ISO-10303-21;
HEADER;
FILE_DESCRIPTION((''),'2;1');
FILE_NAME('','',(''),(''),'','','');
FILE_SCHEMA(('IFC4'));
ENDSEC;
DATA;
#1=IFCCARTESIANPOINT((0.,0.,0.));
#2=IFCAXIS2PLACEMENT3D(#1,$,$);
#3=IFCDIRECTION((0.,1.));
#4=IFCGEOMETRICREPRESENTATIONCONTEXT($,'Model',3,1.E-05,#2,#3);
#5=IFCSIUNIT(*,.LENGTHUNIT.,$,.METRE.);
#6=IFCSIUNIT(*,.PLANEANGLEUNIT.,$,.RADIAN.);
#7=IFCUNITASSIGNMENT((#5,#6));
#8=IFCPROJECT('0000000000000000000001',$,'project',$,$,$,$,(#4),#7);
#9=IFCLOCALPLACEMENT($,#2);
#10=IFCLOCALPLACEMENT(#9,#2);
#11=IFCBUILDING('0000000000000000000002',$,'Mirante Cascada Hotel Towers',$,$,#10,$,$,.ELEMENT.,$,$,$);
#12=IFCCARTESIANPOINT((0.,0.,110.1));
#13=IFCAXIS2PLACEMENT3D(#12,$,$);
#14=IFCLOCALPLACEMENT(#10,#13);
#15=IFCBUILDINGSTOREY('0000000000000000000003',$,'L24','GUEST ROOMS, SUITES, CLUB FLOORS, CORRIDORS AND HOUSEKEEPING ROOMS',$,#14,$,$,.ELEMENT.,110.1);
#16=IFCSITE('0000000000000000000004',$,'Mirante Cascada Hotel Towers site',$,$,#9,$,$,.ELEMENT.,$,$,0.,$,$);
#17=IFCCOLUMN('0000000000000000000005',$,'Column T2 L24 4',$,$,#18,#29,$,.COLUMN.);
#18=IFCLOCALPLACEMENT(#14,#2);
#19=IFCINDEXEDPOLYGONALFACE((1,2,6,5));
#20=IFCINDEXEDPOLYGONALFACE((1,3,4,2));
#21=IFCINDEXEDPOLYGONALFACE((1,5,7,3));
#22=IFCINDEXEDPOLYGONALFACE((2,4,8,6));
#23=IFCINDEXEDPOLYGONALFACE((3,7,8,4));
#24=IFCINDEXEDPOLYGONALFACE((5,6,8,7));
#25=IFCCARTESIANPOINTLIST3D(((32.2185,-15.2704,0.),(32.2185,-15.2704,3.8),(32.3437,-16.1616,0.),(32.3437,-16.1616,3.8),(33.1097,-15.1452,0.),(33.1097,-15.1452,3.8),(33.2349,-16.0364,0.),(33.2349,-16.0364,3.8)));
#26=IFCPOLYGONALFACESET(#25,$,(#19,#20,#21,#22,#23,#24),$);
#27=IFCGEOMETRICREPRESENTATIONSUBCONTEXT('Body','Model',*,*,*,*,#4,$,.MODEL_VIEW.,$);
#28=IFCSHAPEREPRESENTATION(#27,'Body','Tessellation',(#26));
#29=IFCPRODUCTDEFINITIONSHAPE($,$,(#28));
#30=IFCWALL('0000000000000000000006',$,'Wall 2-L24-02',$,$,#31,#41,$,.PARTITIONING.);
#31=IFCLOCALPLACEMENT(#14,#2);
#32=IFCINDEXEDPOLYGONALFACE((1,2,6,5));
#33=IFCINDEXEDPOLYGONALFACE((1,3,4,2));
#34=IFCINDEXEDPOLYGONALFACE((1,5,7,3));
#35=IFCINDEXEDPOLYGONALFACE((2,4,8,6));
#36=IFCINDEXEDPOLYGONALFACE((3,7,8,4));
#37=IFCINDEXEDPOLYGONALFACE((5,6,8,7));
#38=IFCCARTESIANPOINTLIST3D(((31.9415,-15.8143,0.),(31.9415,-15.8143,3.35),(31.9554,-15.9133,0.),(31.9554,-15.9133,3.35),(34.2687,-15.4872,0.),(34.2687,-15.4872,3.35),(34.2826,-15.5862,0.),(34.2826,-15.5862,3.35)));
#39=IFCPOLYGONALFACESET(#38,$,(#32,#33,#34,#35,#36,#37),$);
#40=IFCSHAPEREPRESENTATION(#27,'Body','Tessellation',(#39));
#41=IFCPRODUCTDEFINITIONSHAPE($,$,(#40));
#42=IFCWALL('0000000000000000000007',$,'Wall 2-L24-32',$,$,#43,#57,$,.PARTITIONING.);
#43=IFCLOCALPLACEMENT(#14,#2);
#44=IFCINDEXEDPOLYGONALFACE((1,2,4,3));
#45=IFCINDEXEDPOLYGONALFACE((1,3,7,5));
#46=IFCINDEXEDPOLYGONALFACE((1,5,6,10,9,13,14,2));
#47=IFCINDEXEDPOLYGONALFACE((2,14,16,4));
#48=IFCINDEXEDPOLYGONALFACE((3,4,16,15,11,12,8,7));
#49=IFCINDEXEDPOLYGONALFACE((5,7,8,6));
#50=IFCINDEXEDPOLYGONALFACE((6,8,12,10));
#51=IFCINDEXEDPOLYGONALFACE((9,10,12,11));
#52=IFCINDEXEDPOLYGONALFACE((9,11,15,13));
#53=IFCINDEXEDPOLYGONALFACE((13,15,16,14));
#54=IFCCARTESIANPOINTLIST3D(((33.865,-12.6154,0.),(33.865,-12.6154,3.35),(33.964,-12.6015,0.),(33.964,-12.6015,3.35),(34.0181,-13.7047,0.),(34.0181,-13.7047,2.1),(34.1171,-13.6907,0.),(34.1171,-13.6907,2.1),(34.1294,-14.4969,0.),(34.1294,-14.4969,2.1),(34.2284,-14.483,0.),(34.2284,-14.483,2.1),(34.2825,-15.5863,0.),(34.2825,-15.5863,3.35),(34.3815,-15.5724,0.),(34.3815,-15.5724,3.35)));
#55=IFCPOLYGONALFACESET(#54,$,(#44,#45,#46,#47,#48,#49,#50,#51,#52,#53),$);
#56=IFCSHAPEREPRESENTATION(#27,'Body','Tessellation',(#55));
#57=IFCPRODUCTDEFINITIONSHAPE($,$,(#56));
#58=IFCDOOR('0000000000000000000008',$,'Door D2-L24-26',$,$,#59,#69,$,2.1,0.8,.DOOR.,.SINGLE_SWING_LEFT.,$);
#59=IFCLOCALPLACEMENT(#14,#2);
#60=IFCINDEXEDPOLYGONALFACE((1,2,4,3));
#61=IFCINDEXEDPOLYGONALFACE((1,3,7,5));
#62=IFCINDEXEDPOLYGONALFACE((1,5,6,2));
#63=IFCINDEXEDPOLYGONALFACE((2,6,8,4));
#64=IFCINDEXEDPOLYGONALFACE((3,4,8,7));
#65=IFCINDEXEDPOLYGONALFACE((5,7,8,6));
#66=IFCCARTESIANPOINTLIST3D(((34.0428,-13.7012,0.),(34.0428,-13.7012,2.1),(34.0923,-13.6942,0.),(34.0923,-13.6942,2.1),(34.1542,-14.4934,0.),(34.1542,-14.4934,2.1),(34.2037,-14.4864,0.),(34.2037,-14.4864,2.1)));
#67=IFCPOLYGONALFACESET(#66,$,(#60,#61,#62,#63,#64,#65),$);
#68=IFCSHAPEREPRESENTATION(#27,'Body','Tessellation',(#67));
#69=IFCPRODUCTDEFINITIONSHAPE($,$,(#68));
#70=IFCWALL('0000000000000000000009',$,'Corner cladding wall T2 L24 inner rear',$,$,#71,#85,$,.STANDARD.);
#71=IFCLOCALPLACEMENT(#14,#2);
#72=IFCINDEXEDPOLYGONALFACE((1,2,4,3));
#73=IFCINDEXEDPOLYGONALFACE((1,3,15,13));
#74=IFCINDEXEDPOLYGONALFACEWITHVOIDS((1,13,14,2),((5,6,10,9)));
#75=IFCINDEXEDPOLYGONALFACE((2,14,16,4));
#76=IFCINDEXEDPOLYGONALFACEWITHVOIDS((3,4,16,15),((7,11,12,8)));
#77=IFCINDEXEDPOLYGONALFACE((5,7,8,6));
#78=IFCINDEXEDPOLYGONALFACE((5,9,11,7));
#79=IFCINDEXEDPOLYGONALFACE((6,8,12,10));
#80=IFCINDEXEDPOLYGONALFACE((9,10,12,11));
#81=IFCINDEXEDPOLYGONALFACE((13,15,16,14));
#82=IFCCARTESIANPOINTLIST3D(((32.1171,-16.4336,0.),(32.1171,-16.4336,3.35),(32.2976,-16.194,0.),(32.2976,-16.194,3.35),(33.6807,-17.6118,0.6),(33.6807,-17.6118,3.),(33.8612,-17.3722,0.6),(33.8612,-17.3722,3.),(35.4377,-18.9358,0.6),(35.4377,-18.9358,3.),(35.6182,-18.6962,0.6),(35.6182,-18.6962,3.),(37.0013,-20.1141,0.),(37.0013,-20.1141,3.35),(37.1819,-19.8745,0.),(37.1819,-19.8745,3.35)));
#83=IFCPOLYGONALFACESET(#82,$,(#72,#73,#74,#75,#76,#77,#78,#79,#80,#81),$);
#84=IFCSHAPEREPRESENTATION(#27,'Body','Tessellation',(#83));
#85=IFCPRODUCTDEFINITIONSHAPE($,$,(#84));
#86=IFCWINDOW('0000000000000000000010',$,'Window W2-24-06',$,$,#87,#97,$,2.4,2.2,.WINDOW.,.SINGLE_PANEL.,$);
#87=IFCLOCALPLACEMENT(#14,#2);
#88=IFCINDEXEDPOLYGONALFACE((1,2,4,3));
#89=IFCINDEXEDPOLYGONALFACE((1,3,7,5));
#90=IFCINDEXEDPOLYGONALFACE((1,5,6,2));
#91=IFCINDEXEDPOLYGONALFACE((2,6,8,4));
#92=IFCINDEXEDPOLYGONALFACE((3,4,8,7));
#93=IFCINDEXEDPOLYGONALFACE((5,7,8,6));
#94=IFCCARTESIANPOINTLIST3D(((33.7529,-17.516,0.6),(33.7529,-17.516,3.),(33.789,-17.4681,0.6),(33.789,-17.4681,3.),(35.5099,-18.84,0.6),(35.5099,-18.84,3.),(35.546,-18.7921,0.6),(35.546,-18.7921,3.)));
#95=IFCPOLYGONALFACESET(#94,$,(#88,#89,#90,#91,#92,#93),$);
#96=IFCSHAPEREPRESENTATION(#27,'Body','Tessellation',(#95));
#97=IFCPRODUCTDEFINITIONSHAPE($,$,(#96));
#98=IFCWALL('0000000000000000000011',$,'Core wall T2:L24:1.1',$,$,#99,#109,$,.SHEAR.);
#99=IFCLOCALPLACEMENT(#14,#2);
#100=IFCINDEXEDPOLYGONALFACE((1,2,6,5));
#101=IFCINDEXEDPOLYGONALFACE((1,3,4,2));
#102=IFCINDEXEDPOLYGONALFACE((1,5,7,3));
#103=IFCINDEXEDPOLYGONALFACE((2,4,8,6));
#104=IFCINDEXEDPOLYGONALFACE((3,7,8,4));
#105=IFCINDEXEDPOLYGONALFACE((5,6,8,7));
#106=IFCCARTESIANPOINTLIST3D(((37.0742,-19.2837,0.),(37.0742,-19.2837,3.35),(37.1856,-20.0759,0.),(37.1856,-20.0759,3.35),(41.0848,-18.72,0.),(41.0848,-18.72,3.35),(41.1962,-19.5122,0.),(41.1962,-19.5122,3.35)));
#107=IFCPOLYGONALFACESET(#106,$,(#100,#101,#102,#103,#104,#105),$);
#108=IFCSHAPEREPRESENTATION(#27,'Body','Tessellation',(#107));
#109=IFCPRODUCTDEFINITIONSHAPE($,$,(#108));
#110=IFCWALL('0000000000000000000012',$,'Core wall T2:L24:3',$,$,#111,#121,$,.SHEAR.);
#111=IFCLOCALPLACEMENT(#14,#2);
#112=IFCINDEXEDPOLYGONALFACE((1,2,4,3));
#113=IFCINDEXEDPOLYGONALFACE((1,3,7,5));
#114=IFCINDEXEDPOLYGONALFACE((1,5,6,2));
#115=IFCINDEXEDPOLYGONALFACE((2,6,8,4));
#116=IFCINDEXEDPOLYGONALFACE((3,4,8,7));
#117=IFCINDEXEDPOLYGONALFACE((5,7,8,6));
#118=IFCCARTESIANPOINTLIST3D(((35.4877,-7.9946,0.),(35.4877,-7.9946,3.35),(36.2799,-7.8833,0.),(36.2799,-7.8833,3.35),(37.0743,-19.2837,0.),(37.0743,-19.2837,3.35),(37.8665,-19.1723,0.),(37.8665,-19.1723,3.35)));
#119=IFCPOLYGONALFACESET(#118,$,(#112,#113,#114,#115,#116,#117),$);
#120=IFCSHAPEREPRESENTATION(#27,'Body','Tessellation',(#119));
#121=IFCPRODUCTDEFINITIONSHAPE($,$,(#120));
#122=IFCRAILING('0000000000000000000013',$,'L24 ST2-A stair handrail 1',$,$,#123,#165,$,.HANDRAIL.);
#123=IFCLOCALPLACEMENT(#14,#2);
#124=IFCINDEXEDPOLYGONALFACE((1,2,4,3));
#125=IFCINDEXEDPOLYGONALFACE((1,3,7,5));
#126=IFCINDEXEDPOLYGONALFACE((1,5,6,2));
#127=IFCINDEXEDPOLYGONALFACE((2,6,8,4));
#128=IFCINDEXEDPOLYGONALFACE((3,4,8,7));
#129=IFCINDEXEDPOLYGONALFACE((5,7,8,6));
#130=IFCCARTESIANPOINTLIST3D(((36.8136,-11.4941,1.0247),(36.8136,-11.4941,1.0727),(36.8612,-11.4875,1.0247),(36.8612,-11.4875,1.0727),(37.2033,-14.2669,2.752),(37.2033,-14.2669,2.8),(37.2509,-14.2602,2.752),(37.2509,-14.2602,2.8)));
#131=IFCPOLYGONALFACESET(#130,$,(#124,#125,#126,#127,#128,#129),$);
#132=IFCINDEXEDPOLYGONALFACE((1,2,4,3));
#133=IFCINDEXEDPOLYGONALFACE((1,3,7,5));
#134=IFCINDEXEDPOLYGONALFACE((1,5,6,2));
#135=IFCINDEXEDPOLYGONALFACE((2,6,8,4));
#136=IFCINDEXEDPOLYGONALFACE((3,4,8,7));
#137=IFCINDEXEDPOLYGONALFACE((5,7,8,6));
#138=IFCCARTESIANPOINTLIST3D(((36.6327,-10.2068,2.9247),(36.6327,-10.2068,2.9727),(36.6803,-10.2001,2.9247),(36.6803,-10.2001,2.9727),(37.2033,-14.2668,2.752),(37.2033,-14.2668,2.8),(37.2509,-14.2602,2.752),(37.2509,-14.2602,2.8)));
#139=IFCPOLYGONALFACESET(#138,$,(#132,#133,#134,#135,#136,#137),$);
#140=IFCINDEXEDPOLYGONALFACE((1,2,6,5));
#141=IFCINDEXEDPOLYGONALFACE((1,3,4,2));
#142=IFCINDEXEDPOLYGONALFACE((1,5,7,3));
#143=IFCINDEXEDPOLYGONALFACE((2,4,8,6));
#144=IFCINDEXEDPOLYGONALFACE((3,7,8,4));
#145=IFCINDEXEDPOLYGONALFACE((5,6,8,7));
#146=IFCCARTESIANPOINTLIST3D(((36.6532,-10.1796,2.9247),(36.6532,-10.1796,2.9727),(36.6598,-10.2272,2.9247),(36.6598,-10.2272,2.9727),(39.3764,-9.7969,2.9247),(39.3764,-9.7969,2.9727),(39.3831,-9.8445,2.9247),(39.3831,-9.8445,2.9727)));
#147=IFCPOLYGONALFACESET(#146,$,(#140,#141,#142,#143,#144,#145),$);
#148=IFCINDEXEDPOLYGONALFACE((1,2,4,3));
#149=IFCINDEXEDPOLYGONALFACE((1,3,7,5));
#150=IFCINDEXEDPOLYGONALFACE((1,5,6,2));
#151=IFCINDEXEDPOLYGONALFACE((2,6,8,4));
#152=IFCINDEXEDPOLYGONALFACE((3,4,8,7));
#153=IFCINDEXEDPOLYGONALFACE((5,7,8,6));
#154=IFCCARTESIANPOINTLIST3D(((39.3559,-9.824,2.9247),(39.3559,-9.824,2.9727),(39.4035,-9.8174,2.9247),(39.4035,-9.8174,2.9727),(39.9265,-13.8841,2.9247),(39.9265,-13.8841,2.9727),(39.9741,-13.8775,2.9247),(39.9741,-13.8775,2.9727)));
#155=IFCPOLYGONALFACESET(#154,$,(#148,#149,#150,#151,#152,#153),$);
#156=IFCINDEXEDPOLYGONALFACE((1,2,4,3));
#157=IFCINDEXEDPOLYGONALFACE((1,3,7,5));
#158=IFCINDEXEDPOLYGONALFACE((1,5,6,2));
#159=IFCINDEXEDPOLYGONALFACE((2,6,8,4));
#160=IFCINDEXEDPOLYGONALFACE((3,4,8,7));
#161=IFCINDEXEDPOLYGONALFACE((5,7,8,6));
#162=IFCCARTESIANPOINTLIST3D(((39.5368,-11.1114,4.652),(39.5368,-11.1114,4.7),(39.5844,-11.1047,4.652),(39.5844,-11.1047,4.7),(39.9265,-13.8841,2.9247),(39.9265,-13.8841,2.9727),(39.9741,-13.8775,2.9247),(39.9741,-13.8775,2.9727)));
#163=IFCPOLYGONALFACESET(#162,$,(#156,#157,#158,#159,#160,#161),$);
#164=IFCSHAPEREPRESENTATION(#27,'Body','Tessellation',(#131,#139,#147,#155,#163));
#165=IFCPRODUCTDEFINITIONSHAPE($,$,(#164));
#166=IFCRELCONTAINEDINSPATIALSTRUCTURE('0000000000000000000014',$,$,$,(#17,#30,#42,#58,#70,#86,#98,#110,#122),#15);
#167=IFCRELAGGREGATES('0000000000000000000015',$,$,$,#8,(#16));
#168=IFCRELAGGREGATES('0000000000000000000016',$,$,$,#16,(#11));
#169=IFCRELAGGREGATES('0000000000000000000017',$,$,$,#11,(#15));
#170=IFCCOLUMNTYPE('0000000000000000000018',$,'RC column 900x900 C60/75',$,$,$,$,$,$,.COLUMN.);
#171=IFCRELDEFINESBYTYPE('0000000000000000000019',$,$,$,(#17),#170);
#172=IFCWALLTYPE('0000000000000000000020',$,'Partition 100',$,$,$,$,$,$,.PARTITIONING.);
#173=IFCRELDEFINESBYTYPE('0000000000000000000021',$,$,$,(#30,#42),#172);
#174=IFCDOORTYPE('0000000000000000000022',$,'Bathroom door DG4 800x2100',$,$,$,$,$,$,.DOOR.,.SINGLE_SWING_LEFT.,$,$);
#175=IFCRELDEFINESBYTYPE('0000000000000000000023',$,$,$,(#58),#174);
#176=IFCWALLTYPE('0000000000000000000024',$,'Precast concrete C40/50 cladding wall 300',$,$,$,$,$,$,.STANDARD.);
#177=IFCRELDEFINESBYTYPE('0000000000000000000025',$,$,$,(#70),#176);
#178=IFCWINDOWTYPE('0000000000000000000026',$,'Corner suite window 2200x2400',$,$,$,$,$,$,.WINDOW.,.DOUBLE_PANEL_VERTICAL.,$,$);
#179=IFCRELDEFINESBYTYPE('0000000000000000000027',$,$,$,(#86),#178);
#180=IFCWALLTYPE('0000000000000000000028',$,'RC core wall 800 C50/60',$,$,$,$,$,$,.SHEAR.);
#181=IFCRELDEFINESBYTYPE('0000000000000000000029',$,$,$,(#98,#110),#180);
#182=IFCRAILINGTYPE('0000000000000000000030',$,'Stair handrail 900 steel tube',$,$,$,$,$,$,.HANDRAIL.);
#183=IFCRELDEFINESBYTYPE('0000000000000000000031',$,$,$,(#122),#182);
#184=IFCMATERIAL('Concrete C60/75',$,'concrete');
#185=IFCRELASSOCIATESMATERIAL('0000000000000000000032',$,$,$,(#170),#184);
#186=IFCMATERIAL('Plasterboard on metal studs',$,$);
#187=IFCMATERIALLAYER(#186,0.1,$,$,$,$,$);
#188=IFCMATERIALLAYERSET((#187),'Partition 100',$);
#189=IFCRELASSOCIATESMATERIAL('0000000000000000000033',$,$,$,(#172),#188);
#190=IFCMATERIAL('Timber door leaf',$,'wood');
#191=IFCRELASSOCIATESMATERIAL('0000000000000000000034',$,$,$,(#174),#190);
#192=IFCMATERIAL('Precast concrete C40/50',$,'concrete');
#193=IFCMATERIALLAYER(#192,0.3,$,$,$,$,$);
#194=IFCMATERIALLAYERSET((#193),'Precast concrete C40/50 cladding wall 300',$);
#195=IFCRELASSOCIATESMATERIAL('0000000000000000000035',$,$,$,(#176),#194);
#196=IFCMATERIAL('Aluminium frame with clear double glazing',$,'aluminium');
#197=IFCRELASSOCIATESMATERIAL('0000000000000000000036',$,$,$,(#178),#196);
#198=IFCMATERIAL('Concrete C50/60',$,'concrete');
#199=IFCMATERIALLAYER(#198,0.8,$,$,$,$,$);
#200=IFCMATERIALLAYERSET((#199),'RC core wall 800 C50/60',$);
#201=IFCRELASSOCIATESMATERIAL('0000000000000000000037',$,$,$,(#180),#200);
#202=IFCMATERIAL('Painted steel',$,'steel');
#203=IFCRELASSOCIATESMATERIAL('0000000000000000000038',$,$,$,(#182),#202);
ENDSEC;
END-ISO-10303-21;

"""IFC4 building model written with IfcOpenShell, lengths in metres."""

from ifc_helpers import new_model, si_unit, direction, frame, frame_2d, origin, origin_2d, place, context, subcontext, project, spatial, rectangle, extrude, material, layer, layer_set, material_profile, profile_set, type_object, element, fill, save


model = new_model("IFC4")

# Units and contexts
model_context = context("Model", 3, precision=1e-05, world=origin(), true_north=direction((0.0, 1.0)))
body_context = subcontext(model_context, "Body", "Model", "MODEL_VIEW")
ifc_project = project(units=[si_unit("LENGTHUNIT", "METRE"), si_unit("PLANEANGLEUNIT", "RADIAN")], contexts=[model_context])

# Site, building, storey
site_placement = place(None, origin())
site = spatial("IfcSite", under=ifc_project, at=site_placement, Name="Mirante Cascada Hotel Towers site", CompositionType="ELEMENT", RefElevation=0.0)
building_placement = place(site_placement, origin())
building = spatial("IfcBuilding", under=site, at=building_placement, Name="Mirante Cascada Hotel Towers", CompositionType="ELEMENT")
storey_placement = place(building_placement, frame((0.0, 0.0, 110.1)))
storey = spatial("IfcBuildingStorey", under=building, at=storey_placement, Name="L24", Description="GUEST ROOMS, SUITES, CLUB FLOORS, CORRIDORS AND HOUSEKEEPING ROOMS", CompositionType="ELEMENT", Elevation=110.1)

# Column
ifc_material_1 = material(Name="Concrete C60/75", Category="concrete")
ifc_material_profile = material_profile(ifc_material_1, rectangle(XDim=0.9, YDim=0.9, at=origin_2d()), Name="RC column 900x900 C60/75")
ifc_profile_set = profile_set([ifc_material_profile], Name="Concrete C60/75")
column_type = type_object("IfcColumnType", Name="RC column 900x900 C60/75", PredefinedType="COLUMN", material=ifc_profile_set)
column_placement = place(storey_placement, frame((32.7267, -15.6534, 0.0), z_axis=(0.0, 0.0, 1.0), x_axis=(0.990268, 0.139173, 0.0)))
element("IfcColumn", 1, at=column_placement, inside=storey, type_object=column_type, Name="Column T2 L24 4", PredefinedType="COLUMN", context=body_context, shape_type="SweptSolid", body=[
    extrude(rectangle(XDim=0.9, YDim=0.9, at=origin_2d()), origin(), (0.0, 0.0, 1.0), 3.8),
])

# Wall
ifc_material_2 = material(Name="Plasterboard on metal studs")
ifc_layer_1 = layer(ifc_material_2, 0.1)
ifc_layer_set_1 = layer_set([ifc_layer_1], Name="Partition 100")
wall_type_1 = type_object("IfcWallType", Name="Partition 100", PredefinedType="PARTITIONING", material=ifc_layer_set_1)
wall_1_placement = place(storey_placement, frame((34.2756, -15.5367, 0.0), z_axis=(0.0, 0.0, 1.0), x_axis=(-0.990266, -0.139187, 0.0)))
element("IfcWall", 2, at=wall_1_placement, inside=storey, type_object=wall_type_1, Name="Wall 2-L24-02", PredefinedType="PARTITIONING", context=body_context, shape_type="SweptSolid", body=[
    extrude(rectangle(XDim=2.3501, YDim=0.1, at=frame_2d((1.175, 0.0))), origin(), (0.0, 0.0, 1.0), 3.35),
])

# Wall, opening, door
wall_2_placement = place(storey_placement, frame((33.9145, -12.6084, 0.0), z_axis=(0.0, 0.0, 1.0), x_axis=(0.139162, -0.99027, 0.0)))
wall_2 = element("IfcWall", 3, at=wall_2_placement, inside=storey, type_object=wall_type_1, Name="Wall 2-L24-32", PredefinedType="PARTITIONING", context=body_context, shape_type="SweptSolid", body=[
    extrude(rectangle(XDim=3.0001, YDim=0.1, at=frame_2d((1.5001, 0.0))), origin(), (0.0, 0.0, 1.0), 3.35),
])
opening_1_placement = place(wall_2_placement, frame((1.1, 0.0, 0.0)))
opening_1 = element("IfcOpeningElement", 4, at=opening_1_placement, cuts=wall_2, PredefinedType="OPENING", context=body_context, shape_type="SweptSolid", body=[
    extrude(rectangle(XDim=0.8, YDim=2.1, at=frame_2d((0.4, 1.05))), frame((0.0, 0.05, 0.0), z_axis=(0.0, -1.0, 0.0), x_axis=(1.0, 0.0, 0.0)), (0.0, 0.0, 1.0), 0.1),
])
ifc_material_3 = material(Name="Timber door leaf", Category="wood")
door_type = type_object("IfcDoorType", Name="Bathroom door DG4 800x2100", OperationType="SINGLE_SWING_LEFT", PredefinedType="DOOR", material=ifc_material_3)
door_placement = place(opening_1_placement, origin())
door = element("IfcDoor", 5, at=door_placement, inside=storey, type_object=door_type, Name="Door D2-L24-26", OperationType="SINGLE_SWING_LEFT", OverallHeight=2.1, OverallWidth=0.8, PredefinedType="DOOR", context=body_context, shape_type="SweptSolid", body=[
    extrude(rectangle(XDim=0.8, YDim=2.1, at=frame_2d((0.4, 1.05))), frame((0.0, 0.025, 0.0), z_axis=(0.0, -1.0, 0.0), x_axis=(1.0, 0.0, 0.0)), (0.0, 0.0, 1.0), 0.05),
])
fill(opening_1, door)

# Wall, opening, window
ifc_material_4 = material(Name="Precast concrete C40/50", Category="concrete")
ifc_layer_2 = layer(ifc_material_4, 0.3)
ifc_layer_set_2 = layer_set([ifc_layer_2], Name="Precast concrete C40/50 cladding wall 300")
wall_type_2 = type_object("IfcWallType", Name="Precast concrete C40/50 cladding wall 300", PredefinedType="STANDARD", material=ifc_layer_set_2)
wall_3_placement = place(storey_placement, frame((32.2074, -16.3138, 0.0), z_axis=(0.0, 0.0, 1.0), x_axis=(0.798636, -0.601814, 0.0)))
wall_3 = element("IfcWall", 6, at=wall_3_placement, inside=storey, type_object=wall_type_2, Name="Corner cladding wall T2 L24 inner rear", PredefinedType="STANDARD", context=body_context, shape_type="SweptSolid", body=[
    extrude(rectangle(XDim=6.1157, YDim=0.3, at=frame_2d((3.0578, 0.0))), origin(), (0.0, 0.0, 1.0), 3.35),
])
opening_2_placement = place(wall_3_placement, frame((1.9578, 0.0, 0.6)))
opening_2 = element("IfcOpeningElement", 7, at=opening_2_placement, cuts=wall_3, PredefinedType="OPENING", context=body_context, shape_type="SweptSolid", body=[
    extrude(rectangle(XDim=2.2, YDim=2.4, at=frame_2d((1.1, 1.2))), frame((0.0, 0.15, 0.0), z_axis=(0.0, -1.0, 0.0), x_axis=(1.0, 0.0, 0.0)), (0.0, 0.0, 1.0), 0.3),
])
ifc_material_5 = material(Name="Aluminium frame with clear double glazing", Category="aluminium")
window_type = type_object("IfcWindowType", Name="Corner suite window 2200x2400", PartitioningType="DOUBLE_PANEL_VERTICAL", PredefinedType="WINDOW", material=ifc_material_5)
window_placement = place(opening_2_placement, origin())
window = element("IfcWindow", 8, at=window_placement, inside=storey, type_object=window_type, Name="Window W2-24-06", OverallHeight=2.4, OverallWidth=2.2, PartitioningType="SINGLE_PANEL", PredefinedType="WINDOW", context=body_context, shape_type="SweptSolid", body=[
    extrude(rectangle(XDim=2.2, YDim=2.4, at=frame_2d((1.1, 1.2))), frame((0.0, 0.03, 0.0), z_axis=(0.0, -1.0, 0.0), x_axis=(1.0, 0.0, 0.0)), (0.0, 0.0, 1.0), 0.06),
])
fill(opening_2, window)

# Walls
ifc_material_6 = material(Name="Concrete C50/60", Category="concrete")
ifc_layer_3 = layer(ifc_material_6, 0.8)
ifc_layer_set_3 = layer_set([ifc_layer_3], Name="RC core wall 800 C50/60")
wall_type_3 = type_object("IfcWallType", Name="RC core wall 800 C50/60", PredefinedType="SHEAR", material=ifc_layer_set_3)
wall_4_placement = place(storey_placement, frame((37.1299, -19.6798, 0.0), z_axis=(0.0, 0.0, 1.0), x_axis=(0.990267, 0.139184, 0.0)))
element("IfcWall", 9, at=wall_4_placement, inside=storey, type_object=wall_type_3, Name="Core wall T2:L24:1.1", PredefinedType="SHEAR", context=body_context, shape_type="SweptSolid", body=[
    extrude(rectangle(XDim=4.05, YDim=0.8, at=frame_2d((2.025, 0.0))), origin(), (0.0, 0.0, 1.0), 3.35),
])
wall_5_placement = place(storey_placement, frame((37.4704, -19.228, 0.0), z_axis=(0.0, 0.0, 1.0), x_axis=(-0.139175, 0.990268, 0.0)))
element("IfcWall", 10, at=wall_5_placement, inside=storey, type_object=wall_type_3, Name="Core wall T2:L24:3", PredefinedType="SHEAR", context=body_context, shape_type="SweptSolid", body=[
    extrude(rectangle(XDim=11.4, YDim=0.8, at=frame_2d((5.7, 0.0))), origin(), (0.0, 0.0, 1.0), 3.35),
])

# Railing
ifc_material_7 = material(Name="Painted steel", Category="steel")
railing_type = type_object("IfcRailingType", Name="Stair handrail 900 steel tube", PredefinedType="HANDRAIL", material=ifc_material_7)
railing_placement = place(storey_placement, frame((36.8374, -11.4908, 0.1727)))
element("IfcRailing", 11, at=railing_placement, inside=storey, type_object=railing_type, Name="L24 ST2-A stair handrail 1", PredefinedType="HANDRAIL", context=body_context, shape_type="SweptSolid", body=[
    extrude(rectangle(XDim=0.048, YDim=0.048, at=origin_2d()), frame((0.0, 0.0, 0.876), z_axis=(0.139181, -0.990267, 0.0), x_axis=(0.990267, 0.139181, 0.0)), (0.0, 0.525035, 0.851081), 3.2899),
    extrude(rectangle(XDim=0.048, YDim=0.048, at=origin_2d()), frame((0.3897, -2.7727, 2.6033), z_axis=(-0.139171, 0.990268, 0.0), x_axis=(-0.990268, -0.139171, 0.0)), (0.0, 0.042085, 0.999114), 4.1036),
    extrude(rectangle(XDim=0.048, YDim=0.048, at=origin_2d()), frame((-0.1809, 1.2874, 2.776), z_axis=(0.990269, 0.139166, 0.0), x_axis=(-0.139166, 0.990269, 0.0)), (0.0, 0.0, 1.0), 2.75),
    extrude(rectangle(XDim=0.048, YDim=0.048, at=origin_2d()), frame((2.5423, 1.6701, 2.776), z_axis=(0.139171, -0.990268, 0.0), x_axis=(0.990268, 0.139171, 0.0)), (0.0, 0.0, 1.0), 4.1),
    extrude(rectangle(XDim=0.048, YDim=0.048, at=origin_2d()), frame((3.1129, -2.39, 2.776), z_axis=(-0.139181, 0.990267, 0.0), x_axis=(-0.990267, -0.139181, 0.0)), (0.0, 0.525035, 0.851081), 3.2899),
])

save(model, "model.ifc")
